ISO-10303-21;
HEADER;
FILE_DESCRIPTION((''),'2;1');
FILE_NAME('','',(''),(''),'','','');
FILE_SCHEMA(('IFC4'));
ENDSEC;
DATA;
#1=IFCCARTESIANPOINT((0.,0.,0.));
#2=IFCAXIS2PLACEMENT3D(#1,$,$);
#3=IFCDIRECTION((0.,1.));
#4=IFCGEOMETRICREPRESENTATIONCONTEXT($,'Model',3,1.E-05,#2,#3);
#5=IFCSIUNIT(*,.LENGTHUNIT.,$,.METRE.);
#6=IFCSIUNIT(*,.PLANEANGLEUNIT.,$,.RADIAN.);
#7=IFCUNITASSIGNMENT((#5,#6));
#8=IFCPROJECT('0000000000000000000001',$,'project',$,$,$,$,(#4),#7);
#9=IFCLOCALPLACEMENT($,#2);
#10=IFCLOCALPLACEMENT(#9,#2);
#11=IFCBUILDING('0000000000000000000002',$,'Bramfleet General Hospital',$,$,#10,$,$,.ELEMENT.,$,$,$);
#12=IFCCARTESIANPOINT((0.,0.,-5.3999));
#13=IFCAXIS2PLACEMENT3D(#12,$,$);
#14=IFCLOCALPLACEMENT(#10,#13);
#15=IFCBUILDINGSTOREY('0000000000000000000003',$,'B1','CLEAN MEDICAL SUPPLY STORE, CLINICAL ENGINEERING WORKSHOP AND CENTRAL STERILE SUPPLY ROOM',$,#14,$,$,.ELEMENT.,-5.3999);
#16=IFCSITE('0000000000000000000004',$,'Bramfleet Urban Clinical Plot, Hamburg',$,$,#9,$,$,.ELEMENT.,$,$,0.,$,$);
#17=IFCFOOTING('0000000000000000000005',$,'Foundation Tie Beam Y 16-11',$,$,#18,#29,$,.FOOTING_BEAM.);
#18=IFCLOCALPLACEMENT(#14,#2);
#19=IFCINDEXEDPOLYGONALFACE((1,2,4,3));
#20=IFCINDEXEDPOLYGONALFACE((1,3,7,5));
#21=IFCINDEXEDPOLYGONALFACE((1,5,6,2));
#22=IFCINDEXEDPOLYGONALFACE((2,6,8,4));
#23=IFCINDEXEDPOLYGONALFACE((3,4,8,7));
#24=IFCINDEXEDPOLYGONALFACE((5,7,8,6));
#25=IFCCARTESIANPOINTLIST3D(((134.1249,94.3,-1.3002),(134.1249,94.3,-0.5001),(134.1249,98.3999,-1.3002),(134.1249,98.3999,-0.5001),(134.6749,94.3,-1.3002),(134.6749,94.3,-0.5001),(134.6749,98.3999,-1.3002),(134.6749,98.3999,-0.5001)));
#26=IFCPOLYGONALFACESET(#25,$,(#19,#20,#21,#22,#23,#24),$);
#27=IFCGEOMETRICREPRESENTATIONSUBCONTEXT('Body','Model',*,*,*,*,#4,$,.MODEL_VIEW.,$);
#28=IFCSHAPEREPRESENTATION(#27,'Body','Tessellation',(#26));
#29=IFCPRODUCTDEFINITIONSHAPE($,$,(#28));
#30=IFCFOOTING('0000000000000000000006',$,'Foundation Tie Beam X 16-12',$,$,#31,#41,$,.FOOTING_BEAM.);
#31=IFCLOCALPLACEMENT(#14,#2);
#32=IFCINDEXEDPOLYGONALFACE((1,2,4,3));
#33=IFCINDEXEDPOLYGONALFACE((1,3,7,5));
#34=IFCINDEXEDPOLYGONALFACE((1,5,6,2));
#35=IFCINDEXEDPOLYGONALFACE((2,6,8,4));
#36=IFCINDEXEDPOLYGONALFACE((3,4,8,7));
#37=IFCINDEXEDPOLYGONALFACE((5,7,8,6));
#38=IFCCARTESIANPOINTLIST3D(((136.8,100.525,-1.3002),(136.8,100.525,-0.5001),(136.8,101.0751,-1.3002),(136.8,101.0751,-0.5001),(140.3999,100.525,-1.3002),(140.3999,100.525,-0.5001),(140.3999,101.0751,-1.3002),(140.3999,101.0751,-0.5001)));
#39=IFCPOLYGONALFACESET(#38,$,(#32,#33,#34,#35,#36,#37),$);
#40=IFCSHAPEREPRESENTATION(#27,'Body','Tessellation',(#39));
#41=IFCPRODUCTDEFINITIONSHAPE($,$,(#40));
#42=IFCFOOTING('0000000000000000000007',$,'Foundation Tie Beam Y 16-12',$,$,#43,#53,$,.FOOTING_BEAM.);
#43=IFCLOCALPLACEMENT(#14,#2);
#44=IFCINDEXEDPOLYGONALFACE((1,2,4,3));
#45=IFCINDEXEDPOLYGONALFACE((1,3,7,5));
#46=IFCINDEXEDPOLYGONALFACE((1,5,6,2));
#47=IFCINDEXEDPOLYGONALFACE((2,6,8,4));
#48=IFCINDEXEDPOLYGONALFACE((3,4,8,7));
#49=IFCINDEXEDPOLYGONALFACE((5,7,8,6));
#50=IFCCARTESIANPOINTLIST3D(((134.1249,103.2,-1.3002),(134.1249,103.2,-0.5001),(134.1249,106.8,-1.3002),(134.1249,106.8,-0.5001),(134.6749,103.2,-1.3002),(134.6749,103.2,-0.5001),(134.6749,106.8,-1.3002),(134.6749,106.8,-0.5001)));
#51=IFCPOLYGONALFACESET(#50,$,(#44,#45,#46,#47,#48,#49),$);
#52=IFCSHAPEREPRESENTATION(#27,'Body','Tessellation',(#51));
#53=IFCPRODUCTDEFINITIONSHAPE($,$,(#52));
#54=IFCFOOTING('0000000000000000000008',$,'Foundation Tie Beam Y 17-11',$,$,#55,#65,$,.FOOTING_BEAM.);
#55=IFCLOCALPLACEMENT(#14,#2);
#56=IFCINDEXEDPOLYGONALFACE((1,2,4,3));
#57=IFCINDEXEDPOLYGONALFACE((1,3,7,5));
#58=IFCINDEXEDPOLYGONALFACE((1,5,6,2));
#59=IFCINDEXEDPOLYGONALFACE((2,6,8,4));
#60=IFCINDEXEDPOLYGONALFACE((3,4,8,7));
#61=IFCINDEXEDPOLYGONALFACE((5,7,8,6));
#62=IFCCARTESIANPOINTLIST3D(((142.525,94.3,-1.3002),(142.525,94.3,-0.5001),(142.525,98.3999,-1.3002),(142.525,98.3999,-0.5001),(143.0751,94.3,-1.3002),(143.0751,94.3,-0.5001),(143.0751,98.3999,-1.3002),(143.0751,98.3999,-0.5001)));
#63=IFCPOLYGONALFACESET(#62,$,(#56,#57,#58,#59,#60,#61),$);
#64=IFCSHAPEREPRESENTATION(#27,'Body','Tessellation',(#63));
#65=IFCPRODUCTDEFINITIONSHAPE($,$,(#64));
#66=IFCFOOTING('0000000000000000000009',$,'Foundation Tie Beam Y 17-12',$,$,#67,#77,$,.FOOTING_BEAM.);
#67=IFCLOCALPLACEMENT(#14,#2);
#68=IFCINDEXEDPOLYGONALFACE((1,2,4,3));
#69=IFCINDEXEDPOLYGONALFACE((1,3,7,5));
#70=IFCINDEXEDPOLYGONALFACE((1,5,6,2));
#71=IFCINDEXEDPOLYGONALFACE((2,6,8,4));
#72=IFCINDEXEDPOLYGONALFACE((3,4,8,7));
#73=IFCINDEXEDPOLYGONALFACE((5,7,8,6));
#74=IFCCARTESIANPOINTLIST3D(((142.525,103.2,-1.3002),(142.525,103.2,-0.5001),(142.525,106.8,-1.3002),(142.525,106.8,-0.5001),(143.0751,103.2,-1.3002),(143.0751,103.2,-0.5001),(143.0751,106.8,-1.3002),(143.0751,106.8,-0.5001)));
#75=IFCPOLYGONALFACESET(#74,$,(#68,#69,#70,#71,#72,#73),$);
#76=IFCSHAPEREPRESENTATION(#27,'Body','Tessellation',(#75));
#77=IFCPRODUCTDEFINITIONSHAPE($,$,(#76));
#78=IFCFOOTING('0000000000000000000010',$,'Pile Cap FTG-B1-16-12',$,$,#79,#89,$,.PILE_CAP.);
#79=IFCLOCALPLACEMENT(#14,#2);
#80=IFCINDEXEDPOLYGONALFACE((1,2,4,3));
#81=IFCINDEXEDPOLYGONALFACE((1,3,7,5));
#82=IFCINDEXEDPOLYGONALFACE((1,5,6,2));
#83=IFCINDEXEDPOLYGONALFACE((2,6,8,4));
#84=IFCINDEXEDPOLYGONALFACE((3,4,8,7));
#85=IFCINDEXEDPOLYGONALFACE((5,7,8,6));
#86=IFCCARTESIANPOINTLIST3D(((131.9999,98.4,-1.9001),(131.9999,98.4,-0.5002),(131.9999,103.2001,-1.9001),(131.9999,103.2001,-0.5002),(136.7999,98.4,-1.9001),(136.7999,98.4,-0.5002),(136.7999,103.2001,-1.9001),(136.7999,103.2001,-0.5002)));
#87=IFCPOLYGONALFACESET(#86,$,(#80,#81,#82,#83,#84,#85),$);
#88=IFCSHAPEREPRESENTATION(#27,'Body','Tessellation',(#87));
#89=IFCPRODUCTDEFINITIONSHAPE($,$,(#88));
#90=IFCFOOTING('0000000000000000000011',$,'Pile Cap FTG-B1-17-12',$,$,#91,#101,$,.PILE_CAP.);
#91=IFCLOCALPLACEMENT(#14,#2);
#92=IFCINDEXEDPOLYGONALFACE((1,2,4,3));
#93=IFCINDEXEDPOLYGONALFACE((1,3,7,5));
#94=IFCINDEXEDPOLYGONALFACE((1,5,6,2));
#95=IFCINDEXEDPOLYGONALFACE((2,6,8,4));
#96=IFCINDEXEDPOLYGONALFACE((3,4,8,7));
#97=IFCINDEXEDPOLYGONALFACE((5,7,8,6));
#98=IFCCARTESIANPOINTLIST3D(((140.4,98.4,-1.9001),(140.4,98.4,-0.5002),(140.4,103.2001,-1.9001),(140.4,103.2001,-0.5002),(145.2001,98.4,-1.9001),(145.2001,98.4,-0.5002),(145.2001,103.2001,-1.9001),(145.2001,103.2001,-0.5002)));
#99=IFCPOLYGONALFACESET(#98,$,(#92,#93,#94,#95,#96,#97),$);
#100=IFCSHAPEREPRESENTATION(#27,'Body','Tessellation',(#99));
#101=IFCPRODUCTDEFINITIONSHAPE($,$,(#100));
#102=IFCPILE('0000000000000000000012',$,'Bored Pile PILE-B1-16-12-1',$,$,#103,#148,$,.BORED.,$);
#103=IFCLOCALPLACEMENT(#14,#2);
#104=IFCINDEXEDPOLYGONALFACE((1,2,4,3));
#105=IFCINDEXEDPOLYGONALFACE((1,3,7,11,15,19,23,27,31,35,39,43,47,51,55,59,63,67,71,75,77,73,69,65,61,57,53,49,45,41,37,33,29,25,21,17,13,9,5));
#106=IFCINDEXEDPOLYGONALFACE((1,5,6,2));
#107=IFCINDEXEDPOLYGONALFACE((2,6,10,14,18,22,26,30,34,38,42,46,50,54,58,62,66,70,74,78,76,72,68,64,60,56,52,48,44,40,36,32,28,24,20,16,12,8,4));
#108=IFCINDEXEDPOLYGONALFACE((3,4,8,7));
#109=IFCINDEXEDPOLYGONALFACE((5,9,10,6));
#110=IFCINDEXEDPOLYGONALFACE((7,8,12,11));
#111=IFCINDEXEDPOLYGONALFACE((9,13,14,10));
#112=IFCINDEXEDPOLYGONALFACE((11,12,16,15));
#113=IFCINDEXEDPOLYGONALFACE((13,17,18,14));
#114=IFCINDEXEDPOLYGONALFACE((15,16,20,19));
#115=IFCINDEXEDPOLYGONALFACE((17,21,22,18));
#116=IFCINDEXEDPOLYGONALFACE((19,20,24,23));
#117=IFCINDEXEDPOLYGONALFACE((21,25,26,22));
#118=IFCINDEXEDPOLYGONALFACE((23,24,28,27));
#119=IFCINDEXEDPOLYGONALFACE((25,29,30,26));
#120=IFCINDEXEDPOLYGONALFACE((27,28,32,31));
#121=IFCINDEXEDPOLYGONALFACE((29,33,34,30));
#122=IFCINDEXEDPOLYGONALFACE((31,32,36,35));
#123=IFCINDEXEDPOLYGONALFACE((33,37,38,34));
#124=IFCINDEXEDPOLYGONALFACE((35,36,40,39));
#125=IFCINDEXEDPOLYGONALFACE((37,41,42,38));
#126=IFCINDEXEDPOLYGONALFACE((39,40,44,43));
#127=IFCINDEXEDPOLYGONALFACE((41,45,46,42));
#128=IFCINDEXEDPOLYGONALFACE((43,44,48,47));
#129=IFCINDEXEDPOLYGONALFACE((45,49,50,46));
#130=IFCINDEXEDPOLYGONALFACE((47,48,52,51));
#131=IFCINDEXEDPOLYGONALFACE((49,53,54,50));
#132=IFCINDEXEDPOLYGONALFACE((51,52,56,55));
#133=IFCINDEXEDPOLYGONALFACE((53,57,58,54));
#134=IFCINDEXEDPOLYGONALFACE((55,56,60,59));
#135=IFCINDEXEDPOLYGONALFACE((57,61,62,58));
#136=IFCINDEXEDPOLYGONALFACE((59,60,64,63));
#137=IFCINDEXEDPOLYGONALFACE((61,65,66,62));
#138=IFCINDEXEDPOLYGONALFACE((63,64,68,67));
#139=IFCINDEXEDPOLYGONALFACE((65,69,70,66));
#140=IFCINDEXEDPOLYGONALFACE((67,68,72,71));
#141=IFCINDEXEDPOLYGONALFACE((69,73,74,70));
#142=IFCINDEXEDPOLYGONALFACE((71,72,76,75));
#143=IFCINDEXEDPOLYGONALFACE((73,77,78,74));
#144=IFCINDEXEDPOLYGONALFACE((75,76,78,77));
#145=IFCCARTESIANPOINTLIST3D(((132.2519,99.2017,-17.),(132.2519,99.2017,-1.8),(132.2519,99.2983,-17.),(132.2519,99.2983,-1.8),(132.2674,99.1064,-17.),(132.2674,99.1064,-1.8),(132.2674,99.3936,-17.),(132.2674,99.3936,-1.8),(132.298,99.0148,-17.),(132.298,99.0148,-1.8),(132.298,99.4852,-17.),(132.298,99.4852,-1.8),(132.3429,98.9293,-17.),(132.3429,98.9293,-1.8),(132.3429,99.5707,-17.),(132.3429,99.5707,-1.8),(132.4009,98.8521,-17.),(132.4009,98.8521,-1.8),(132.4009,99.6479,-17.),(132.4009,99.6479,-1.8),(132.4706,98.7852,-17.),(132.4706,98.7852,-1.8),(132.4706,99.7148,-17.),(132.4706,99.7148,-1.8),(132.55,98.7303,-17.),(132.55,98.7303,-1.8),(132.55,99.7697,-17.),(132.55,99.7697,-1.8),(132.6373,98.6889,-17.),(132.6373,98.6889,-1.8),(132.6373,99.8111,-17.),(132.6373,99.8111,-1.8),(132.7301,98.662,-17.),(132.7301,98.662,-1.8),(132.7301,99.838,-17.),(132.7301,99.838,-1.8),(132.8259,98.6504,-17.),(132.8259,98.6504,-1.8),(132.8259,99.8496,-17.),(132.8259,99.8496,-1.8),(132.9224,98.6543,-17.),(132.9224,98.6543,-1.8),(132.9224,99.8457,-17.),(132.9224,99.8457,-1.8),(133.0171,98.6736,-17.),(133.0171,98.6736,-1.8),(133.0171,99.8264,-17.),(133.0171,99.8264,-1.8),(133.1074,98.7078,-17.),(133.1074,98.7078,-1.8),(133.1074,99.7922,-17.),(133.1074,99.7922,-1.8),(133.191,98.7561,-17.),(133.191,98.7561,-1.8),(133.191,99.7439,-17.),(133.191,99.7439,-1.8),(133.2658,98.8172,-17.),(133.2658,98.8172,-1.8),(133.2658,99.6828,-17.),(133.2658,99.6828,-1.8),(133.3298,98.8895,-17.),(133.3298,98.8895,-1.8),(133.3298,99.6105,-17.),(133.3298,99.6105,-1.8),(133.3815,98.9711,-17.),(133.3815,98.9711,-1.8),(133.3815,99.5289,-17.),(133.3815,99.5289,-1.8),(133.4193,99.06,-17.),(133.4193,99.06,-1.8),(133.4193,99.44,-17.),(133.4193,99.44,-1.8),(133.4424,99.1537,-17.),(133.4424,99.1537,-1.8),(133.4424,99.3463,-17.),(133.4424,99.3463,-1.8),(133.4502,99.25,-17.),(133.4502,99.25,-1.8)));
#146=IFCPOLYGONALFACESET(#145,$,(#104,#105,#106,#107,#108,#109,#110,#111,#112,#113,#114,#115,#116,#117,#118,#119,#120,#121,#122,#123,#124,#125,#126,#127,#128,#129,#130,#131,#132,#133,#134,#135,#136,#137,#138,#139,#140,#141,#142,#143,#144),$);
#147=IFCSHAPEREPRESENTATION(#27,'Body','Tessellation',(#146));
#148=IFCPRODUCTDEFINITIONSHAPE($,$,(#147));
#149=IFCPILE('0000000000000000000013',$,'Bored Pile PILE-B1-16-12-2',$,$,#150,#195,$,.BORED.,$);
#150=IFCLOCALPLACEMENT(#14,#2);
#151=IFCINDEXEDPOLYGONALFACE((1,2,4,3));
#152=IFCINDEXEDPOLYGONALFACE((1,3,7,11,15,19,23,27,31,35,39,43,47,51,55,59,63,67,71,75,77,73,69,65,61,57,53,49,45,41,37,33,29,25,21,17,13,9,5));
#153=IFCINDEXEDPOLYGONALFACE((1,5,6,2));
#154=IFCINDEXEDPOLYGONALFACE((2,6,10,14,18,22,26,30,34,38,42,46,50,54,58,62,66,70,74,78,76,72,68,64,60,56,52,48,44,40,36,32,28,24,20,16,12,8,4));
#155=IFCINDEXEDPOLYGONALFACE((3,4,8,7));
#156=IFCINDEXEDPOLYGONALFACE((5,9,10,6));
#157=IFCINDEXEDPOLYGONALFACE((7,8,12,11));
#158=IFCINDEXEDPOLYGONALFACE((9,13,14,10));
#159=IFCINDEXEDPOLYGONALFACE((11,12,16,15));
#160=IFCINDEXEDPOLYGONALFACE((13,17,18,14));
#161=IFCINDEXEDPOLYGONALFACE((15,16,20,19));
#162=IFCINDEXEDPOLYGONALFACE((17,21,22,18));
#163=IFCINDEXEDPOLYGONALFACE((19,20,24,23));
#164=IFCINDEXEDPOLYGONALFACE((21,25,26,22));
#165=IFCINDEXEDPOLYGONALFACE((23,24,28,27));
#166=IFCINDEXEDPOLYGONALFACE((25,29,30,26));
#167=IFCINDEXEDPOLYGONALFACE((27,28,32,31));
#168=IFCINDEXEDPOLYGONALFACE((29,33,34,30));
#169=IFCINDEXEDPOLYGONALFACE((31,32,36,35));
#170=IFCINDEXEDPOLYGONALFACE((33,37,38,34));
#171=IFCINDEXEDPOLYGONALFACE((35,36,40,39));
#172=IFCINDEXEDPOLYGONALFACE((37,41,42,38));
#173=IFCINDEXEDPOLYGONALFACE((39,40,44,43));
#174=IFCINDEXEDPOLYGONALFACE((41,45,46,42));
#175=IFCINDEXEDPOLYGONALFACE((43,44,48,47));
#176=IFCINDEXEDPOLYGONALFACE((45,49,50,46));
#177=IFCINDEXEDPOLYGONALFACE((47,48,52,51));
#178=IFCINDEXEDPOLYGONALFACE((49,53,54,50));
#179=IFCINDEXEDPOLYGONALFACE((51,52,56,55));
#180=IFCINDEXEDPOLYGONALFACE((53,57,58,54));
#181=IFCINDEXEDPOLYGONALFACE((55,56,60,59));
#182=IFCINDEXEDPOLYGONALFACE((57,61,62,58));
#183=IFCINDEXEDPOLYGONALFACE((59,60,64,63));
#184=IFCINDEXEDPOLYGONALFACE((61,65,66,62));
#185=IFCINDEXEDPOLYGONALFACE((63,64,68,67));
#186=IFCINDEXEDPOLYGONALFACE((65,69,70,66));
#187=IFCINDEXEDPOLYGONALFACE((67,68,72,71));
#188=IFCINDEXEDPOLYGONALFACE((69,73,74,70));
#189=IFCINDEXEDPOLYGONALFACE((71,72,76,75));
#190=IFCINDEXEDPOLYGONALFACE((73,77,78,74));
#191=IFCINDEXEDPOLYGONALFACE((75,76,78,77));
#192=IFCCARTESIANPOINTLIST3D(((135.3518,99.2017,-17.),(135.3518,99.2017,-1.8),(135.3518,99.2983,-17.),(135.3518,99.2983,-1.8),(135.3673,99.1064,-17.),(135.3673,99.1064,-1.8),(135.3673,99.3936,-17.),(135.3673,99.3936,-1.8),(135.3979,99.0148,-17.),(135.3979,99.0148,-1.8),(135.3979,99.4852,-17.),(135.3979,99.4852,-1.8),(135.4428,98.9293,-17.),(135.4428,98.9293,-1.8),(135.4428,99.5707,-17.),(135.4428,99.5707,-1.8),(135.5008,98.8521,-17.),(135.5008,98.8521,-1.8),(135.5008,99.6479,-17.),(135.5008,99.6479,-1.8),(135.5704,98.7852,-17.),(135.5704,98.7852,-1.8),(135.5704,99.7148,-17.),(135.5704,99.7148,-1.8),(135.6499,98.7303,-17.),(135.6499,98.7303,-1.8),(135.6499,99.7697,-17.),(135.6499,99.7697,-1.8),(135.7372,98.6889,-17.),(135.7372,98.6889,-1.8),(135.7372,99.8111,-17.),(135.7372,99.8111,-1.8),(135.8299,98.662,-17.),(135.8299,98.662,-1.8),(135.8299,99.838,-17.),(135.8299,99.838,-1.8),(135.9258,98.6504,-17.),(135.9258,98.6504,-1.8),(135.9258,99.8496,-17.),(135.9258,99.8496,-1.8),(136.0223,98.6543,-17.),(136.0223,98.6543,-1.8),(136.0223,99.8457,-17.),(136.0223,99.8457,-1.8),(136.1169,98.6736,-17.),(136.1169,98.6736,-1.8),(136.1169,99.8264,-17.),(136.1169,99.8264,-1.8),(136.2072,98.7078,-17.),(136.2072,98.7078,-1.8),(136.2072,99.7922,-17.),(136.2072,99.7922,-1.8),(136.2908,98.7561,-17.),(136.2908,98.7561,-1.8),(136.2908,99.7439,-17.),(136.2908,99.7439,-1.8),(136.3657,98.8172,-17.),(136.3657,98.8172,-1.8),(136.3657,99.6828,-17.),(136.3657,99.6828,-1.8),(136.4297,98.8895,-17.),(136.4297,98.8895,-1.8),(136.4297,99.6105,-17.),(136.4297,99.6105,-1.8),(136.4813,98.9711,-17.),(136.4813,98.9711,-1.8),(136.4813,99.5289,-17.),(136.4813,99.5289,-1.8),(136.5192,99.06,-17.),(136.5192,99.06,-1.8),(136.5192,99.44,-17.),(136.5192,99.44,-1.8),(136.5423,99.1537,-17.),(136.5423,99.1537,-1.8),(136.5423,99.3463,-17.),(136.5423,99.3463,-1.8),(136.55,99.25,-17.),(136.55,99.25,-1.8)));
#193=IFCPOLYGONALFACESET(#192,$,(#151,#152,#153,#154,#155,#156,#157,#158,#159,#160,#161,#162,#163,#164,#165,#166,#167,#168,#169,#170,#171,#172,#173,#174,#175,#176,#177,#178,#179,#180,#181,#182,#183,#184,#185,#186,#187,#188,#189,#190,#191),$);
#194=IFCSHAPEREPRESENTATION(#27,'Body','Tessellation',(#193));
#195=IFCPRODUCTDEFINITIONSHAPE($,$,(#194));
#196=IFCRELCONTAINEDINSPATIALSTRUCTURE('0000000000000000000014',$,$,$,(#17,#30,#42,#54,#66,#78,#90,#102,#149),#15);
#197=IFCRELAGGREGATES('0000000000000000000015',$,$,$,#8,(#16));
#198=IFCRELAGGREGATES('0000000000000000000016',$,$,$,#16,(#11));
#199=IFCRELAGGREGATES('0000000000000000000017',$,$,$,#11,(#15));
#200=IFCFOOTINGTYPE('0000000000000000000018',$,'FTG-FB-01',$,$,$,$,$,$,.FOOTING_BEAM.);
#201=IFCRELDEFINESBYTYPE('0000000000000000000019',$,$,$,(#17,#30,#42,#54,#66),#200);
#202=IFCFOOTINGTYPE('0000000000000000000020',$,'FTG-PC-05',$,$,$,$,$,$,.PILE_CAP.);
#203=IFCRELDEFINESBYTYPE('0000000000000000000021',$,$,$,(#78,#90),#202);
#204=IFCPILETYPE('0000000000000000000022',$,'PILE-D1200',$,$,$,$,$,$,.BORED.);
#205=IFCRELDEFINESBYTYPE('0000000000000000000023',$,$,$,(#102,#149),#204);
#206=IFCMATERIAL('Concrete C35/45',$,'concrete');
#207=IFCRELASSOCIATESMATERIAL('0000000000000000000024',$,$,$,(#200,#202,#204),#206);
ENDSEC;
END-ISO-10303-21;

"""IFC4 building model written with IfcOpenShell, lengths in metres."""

from ifc_helpers import new_model, si_unit, direction, frame, origin, origin_2d, place, context, subcontext, project, spatial, rectangle, circle, extrude, material, material_profile, profile_set, type_object, element, save


model = new_model("IFC4")

# Units and contexts
model_context = context("Model", 3, precision=1e-05, world=origin(), true_north=direction((0.0, 1.0)))
body_context = subcontext(model_context, "Body", "Model", "MODEL_VIEW")
ifc_project = project(units=[si_unit("LENGTHUNIT", "METRE"), si_unit("PLANEANGLEUNIT", "RADIAN")], contexts=[model_context])

# Site, building, storey
site_placement = place(None, origin())
site = spatial("IfcSite", under=ifc_project, at=site_placement, Name="Bramfleet Urban Clinical Plot, Hamburg", CompositionType="ELEMENT", RefElevation=0.0)
building_placement = place(site_placement, origin())
building = spatial("IfcBuilding", under=site, at=building_placement, Name="Bramfleet General Hospital", CompositionType="ELEMENT")
storey_placement = place(building_placement, frame((0.0, 0.0, -5.3999)))
storey = spatial("IfcBuildingStorey", under=building, at=storey_placement, Name="B1", Description="CLEAN MEDICAL SUPPLY STORE, CLINICAL ENGINEERING WORKSHOP AND CENTRAL STERILE SUPPLY ROOM", CompositionType="ELEMENT", Elevation=-5.3999)

# Footings
ifc_material_1 = material(Name="Concrete C35/45", Category="concrete")
ifc_material_profile_1 = material_profile(ifc_material_1, rectangle(XDim=0.55, YDim=0.8, at=origin_2d()), Name="RC FB 800x550")
ifc_profile_set_1 = profile_set([ifc_material_profile_1], Name="Concrete C35/45")
footing_type_1 = type_object("IfcFootingType", Name="FTG-FB-01", PredefinedType="FOOTING_BEAM", material=ifc_profile_set_1)
footing_1_placement = place(storey_placement, frame((134.3999, 94.3, -0.9001), z_axis=(0.0, 1.0, 0.0), x_axis=(-1.0, 0.0, 0.0)))
element("IfcFooting", 1, at=footing_1_placement, inside=storey, type_object=footing_type_1, Name="Foundation Tie Beam Y 16-11", PredefinedType="FOOTING_BEAM", context=body_context, shape_type="SweptSolid", body=[
    extrude(rectangle(XDim=0.55, YDim=0.8, at=origin_2d()), origin(), (0.0, 0.0, 1.0), 4.0999),
])
footing_2_placement = place(storey_placement, frame((136.8, 100.8, -0.9001), z_axis=(1.0, 0.0, 0.0), x_axis=(0.0, 1.0, 0.0)))
element("IfcFooting", 2, at=footing_2_placement, inside=storey, type_object=footing_type_1, Name="Foundation Tie Beam X 16-12", PredefinedType="FOOTING_BEAM", context=body_context, shape_type="SweptSolid", body=[
    extrude(rectangle(XDim=0.55, YDim=0.8, at=origin_2d()), origin(), (0.0, 0.0, 1.0), 3.5999),
])
footing_3_placement = place(storey_placement, frame((134.3999, 103.2, -0.9001), z_axis=(0.0, 1.0, 0.0), x_axis=(-1.0, 0.0, 0.0)))
element("IfcFooting", 3, at=footing_3_placement, inside=storey, type_object=footing_type_1, Name="Foundation Tie Beam Y 16-12", PredefinedType="FOOTING_BEAM", context=body_context, shape_type="SweptSolid", body=[
    extrude(rectangle(XDim=0.55, YDim=0.8, at=origin_2d()), origin(), (0.0, 0.0, 1.0), 3.6001),
])
footing_4_placement = place(storey_placement, frame((142.8, 94.3, -0.9001), z_axis=(0.0, 1.0, 0.0), x_axis=(-1.0, 0.0, 0.0)))
element("IfcFooting", 4, at=footing_4_placement, inside=storey, type_object=footing_type_1, Name="Foundation Tie Beam Y 17-11", PredefinedType="FOOTING_BEAM", context=body_context, shape_type="SweptSolid", body=[
    extrude(rectangle(XDim=0.55, YDim=0.8, at=origin_2d()), origin(), (0.0, 0.0, 1.0), 4.0999),
])
footing_5_placement = place(storey_placement, frame((142.8, 103.2, -0.9001), z_axis=(0.0, 1.0, 0.0), x_axis=(-1.0, 0.0, 0.0)))
element("IfcFooting", 5, at=footing_5_placement, inside=storey, type_object=footing_type_1, Name="Foundation Tie Beam Y 17-12", PredefinedType="FOOTING_BEAM", context=body_context, shape_type="SweptSolid", body=[
    extrude(rectangle(XDim=0.55, YDim=0.8, at=origin_2d()), origin(), (0.0, 0.0, 1.0), 3.6001),
])
footing_type_2 = type_object("IfcFootingType", Name="FTG-PC-05", PredefinedType="PILE_CAP", material=ifc_material_1)
for number, where, z_axis, x_axis, name in (
    (6, (134.3999, 100.8, -1.9001), (0.0, 0.0, 1.0), (1.0, 0.0, 0.0), "Pile Cap FTG-B1-16-12"),
    (7, (142.8, 100.8, -1.9001), (0.0, 0.0, 1.0), (1.0, 0.0, 0.0), "Pile Cap FTG-B1-17-12"),
):
    element("IfcFooting", number, at=place(storey_placement, frame(where, z_axis=z_axis, x_axis=x_axis)), inside=storey, type_object=footing_type_2, Name=name, PredefinedType="PILE_CAP", context=body_context, shape_type="SweptSolid", body=[
        extrude(rectangle(XDim=4.8, YDim=4.8, at=origin_2d()), origin(), (0.0, 0.0, 1.0), 1.3999),
    ])

# Piles
ifc_material_profile_2 = material_profile(ifc_material_1, circle(Radius=0.6001, at=origin_2d()), Name="PILE BORED D1200")
ifc_profile_set_2 = profile_set([ifc_material_profile_2], Name="Concrete C35/45")
pile_type_1 = type_object("IfcPileType", Name="PILE-D1200", PredefinedType="BORED", material=ifc_profile_set_2)
for number, where, z_axis, x_axis, name in (
    (8, (132.8501, 99.25, -1.8), (0.0, 0.0, -1.0), (1.0, 0.0, 0.0), "Bored Pile PILE-B1-16-12-1"),
    (9, (135.95, 99.25, -1.8), (0.0, 0.0, -1.0), (1.0, 0.0, 0.0), "Bored Pile PILE-B1-16-12-2"),
):
    element("IfcPile", number, at=place(storey_placement, frame(where, z_axis=z_axis, x_axis=x_axis)), inside=storey, type_object=pile_type_1, Name=name, PredefinedType="BORED", context=body_context, shape_type="SweptSolid", body=[
        extrude(circle(Radius=0.6001, at=origin_2d()), origin(), (0.0, 0.0, 1.0), 15.2),
    ])

save(model, "model.ifc")
